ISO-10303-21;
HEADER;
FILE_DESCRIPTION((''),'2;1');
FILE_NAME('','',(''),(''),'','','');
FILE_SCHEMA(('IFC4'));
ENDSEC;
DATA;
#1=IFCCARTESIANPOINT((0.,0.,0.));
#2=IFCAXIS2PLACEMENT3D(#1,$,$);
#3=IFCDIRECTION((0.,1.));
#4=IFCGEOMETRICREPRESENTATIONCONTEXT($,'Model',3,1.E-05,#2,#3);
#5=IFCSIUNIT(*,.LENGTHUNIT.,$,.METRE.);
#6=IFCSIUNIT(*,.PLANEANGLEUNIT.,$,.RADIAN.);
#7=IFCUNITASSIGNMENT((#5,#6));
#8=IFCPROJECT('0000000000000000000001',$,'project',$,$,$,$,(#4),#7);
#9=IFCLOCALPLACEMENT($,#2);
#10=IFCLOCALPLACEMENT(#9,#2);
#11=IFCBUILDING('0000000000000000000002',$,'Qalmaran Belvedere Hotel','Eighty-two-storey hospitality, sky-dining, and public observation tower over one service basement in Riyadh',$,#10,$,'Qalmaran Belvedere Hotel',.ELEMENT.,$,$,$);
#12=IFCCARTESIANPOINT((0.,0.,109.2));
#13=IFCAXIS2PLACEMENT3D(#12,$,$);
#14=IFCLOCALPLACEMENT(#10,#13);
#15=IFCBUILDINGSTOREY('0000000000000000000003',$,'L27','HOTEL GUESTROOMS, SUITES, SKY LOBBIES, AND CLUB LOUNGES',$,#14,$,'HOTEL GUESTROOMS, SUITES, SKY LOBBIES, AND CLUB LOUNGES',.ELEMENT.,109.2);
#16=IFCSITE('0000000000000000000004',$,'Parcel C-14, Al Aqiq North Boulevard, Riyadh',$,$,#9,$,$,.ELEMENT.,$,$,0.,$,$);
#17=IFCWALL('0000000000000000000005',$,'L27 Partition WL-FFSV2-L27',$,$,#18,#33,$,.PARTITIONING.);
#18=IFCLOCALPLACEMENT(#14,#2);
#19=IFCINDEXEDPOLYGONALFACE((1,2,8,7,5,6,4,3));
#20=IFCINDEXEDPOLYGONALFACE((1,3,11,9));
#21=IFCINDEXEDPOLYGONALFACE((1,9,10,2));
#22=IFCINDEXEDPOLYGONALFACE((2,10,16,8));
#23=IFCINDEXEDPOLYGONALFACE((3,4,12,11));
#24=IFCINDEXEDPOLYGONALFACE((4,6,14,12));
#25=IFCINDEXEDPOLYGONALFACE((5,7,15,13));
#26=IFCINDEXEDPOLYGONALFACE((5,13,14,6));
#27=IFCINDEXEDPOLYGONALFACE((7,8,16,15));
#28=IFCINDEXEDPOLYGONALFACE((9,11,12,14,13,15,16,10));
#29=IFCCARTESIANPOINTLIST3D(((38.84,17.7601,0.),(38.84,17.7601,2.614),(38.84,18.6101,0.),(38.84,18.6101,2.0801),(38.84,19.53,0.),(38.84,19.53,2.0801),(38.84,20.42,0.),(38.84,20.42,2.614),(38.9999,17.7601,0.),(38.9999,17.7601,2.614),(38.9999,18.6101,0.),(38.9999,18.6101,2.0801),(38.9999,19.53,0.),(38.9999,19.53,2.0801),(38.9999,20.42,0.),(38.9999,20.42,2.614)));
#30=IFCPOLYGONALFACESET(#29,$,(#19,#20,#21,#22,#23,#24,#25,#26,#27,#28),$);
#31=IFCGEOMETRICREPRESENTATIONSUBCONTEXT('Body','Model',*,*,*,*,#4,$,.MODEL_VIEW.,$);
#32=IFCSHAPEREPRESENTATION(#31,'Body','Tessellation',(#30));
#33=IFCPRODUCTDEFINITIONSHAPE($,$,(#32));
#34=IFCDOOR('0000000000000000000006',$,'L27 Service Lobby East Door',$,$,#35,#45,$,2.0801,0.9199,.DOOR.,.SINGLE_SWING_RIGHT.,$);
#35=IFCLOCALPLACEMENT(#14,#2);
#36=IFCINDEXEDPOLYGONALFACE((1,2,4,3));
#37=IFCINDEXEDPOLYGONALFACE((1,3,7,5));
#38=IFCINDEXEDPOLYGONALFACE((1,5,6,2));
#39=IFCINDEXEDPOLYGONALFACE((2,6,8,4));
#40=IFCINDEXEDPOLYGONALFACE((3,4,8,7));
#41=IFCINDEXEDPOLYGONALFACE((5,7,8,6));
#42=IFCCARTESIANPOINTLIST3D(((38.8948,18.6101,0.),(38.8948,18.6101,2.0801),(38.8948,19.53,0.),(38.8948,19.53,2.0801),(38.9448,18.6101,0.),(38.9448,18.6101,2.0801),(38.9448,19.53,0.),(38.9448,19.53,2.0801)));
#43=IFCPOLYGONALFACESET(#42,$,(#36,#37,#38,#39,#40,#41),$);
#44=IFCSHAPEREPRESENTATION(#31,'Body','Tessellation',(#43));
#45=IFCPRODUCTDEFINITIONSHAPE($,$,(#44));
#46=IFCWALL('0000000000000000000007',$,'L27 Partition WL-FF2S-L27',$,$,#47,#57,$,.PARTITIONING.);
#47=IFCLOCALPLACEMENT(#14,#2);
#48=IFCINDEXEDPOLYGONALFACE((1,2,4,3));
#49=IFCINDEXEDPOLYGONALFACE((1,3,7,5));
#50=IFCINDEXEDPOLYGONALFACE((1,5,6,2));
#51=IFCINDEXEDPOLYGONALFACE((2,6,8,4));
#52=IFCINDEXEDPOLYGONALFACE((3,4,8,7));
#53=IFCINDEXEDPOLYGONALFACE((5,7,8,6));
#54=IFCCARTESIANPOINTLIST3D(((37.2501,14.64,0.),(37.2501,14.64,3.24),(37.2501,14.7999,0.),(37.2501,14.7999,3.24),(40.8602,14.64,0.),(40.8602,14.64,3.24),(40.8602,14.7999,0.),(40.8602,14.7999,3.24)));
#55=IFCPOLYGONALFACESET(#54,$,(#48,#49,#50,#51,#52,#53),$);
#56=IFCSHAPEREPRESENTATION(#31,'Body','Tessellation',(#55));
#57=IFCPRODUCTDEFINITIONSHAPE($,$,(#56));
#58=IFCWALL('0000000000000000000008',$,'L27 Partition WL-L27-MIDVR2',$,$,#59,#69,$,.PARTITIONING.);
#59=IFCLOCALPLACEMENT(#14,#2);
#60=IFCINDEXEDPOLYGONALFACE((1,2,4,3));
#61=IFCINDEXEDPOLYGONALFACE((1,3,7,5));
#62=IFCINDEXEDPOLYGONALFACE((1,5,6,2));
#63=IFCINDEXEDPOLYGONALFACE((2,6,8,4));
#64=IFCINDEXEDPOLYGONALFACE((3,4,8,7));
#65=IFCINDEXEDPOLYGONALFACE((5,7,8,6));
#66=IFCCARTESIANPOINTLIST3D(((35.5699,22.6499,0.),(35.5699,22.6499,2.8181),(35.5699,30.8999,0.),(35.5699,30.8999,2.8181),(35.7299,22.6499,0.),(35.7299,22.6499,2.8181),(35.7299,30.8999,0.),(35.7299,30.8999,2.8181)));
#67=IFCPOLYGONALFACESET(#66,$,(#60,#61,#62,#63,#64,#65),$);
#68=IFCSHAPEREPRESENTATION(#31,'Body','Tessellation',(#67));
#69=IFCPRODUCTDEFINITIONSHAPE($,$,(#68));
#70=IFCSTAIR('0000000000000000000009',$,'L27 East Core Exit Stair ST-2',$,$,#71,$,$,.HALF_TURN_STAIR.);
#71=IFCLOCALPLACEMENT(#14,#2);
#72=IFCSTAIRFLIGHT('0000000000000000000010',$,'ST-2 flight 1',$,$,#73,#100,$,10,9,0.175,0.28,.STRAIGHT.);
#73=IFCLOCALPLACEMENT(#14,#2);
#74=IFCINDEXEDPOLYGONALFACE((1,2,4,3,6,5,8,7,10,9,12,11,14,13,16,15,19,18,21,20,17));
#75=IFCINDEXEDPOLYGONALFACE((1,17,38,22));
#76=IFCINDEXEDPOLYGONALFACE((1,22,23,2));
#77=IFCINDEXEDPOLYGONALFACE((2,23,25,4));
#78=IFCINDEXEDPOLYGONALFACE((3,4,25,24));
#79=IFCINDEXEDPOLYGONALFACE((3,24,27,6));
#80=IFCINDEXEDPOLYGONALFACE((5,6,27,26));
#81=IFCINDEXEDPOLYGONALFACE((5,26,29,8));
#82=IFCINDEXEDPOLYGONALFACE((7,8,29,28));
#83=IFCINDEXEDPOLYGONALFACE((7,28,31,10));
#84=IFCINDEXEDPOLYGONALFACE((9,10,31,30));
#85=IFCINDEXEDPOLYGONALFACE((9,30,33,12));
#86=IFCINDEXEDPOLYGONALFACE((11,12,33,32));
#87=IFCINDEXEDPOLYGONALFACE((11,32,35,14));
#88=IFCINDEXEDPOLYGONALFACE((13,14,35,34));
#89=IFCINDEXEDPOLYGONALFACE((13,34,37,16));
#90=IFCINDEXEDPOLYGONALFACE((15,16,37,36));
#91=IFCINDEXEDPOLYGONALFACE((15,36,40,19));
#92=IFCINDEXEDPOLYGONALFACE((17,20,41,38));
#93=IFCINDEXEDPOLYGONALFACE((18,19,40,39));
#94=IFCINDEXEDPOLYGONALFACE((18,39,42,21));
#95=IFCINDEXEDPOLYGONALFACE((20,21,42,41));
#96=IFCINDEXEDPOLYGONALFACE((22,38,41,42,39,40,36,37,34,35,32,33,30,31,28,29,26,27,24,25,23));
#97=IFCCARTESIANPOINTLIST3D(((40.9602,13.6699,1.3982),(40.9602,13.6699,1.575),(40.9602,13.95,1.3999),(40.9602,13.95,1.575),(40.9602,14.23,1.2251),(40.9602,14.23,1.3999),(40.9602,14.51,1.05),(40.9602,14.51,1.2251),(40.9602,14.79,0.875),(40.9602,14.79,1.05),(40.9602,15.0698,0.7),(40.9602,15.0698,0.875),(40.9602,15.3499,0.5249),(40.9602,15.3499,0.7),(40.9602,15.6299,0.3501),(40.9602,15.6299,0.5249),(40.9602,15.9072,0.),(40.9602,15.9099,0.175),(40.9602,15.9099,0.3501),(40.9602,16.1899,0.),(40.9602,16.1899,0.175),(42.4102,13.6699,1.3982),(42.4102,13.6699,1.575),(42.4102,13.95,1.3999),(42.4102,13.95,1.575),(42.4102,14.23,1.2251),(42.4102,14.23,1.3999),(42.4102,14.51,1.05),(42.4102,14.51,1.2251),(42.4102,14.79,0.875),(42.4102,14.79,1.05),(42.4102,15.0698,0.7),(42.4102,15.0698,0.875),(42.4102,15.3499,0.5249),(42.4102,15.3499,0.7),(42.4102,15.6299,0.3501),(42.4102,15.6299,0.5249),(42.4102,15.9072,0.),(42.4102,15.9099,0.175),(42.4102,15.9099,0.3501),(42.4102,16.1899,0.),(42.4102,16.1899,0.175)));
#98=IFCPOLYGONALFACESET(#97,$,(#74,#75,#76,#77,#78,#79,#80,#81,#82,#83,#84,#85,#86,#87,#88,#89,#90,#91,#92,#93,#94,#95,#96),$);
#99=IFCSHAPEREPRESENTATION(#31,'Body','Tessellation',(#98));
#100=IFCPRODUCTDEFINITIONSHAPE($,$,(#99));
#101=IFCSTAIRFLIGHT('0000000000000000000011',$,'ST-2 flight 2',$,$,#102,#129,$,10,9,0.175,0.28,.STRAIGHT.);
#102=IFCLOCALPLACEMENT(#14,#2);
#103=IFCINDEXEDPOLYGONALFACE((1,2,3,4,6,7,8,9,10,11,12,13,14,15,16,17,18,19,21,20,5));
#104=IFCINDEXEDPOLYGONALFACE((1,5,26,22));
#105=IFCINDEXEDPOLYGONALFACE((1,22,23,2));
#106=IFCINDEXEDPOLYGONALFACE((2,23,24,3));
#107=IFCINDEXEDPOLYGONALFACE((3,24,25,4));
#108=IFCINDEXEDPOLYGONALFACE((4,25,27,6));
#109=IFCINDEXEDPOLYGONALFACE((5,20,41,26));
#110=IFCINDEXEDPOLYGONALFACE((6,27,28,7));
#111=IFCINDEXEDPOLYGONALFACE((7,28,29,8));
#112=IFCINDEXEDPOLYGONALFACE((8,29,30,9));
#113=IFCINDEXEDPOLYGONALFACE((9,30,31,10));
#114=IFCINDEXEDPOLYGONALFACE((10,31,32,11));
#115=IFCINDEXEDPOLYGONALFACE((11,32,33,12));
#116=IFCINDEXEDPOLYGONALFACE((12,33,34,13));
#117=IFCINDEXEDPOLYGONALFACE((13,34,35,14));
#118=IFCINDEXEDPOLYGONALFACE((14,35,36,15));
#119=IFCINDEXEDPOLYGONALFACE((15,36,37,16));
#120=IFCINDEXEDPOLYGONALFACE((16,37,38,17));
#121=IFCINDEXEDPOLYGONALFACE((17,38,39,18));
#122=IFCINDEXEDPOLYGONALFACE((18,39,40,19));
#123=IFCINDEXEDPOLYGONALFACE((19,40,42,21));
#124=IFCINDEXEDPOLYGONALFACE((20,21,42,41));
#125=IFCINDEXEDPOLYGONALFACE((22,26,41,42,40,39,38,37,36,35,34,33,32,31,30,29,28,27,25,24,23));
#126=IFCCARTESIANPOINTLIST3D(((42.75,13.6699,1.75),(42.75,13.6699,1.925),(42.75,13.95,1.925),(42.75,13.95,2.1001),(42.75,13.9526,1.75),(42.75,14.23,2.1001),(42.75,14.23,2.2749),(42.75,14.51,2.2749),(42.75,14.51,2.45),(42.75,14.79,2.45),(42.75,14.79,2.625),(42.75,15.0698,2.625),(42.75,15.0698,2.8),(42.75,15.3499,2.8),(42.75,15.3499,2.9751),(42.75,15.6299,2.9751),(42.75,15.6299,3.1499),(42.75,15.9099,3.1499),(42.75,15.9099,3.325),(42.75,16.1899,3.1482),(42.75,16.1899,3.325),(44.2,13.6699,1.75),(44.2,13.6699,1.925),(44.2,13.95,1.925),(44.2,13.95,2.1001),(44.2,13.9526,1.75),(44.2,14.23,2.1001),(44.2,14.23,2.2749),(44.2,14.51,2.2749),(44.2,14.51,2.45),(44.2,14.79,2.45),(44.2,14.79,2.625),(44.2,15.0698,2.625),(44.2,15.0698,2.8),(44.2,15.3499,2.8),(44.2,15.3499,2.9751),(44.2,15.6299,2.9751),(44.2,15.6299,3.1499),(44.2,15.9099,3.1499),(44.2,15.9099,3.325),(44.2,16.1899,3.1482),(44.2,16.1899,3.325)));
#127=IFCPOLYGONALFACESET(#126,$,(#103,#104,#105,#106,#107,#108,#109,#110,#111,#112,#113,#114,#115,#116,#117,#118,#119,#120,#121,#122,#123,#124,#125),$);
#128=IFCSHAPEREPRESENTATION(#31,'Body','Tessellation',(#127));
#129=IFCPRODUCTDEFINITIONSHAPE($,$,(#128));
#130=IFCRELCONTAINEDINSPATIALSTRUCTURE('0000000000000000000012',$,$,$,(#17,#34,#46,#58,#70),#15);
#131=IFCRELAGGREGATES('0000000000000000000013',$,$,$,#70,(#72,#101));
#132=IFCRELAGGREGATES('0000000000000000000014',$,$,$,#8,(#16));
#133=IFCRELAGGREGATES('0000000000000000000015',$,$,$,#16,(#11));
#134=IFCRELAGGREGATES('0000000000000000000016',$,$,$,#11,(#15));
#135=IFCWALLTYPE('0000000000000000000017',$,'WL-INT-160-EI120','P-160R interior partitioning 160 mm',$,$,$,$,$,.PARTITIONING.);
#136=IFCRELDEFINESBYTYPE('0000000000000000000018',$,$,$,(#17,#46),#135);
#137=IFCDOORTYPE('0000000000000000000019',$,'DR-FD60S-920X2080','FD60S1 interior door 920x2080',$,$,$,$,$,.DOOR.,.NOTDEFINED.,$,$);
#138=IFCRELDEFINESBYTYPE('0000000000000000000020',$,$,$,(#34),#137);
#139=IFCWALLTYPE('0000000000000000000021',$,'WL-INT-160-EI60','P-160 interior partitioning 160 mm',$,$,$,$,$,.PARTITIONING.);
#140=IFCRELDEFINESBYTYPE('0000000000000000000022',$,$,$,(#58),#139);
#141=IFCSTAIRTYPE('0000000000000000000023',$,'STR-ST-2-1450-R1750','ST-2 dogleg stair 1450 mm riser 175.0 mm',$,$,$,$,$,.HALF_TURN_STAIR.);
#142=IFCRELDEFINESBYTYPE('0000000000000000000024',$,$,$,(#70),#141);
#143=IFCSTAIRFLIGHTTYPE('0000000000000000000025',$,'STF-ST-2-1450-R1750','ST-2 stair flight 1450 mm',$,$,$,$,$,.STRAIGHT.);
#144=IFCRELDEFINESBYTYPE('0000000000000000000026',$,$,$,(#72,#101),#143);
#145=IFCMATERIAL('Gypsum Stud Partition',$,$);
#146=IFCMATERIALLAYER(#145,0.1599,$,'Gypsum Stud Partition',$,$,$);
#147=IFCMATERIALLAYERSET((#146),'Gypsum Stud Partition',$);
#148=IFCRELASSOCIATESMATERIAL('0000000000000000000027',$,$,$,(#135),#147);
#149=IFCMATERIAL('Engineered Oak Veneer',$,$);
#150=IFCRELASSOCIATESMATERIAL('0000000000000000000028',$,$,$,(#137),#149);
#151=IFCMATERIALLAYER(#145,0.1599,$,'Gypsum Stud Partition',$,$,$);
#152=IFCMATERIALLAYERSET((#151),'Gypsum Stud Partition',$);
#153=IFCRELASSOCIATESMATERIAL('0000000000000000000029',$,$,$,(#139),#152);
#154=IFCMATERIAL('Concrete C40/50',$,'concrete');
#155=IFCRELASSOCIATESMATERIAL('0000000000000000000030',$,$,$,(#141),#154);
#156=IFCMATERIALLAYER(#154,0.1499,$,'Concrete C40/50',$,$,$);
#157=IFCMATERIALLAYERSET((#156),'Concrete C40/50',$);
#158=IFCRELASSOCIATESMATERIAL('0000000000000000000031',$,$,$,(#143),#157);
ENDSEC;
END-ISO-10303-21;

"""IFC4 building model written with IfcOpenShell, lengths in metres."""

from ifc_helpers import new_model, si_unit, direction, frame, frame_2d, origin, place, context, subcontext, project, spatial, polyline, rectangle, outline, extrude, material, layer, layer_set, type_object, element, fill, aggregate, save


model = new_model("IFC4")

# Units and contexts
model_context = context("Model", 3, precision=1e-05, world=origin(), true_north=direction((0.0, 1.0)))
body_context = subcontext(model_context, "Body", "Model", "MODEL_VIEW")
ifc_project = project(units=[si_unit("LENGTHUNIT", "METRE"), si_unit("PLANEANGLEUNIT", "RADIAN")], contexts=[model_context])

# Site, building, storey
site_placement = place(None, origin())
site = spatial("IfcSite", under=ifc_project, at=site_placement, Name="Parcel C-14, Al Aqiq North Boulevard, Riyadh", CompositionType="ELEMENT", RefElevation=0.0)
building_placement = place(site_placement, origin())
building = spatial("IfcBuilding", under=site, at=building_placement, Name="Qalmaran Belvedere Hotel", Description="Eighty-two-storey hospitality, sky-dining, and public observation tower over one service basement in Riyadh", LongName="Qalmaran Belvedere Hotel", CompositionType="ELEMENT")
storey_placement = place(building_placement, frame((0.0, 0.0, 109.2)))
storey = spatial("IfcBuildingStorey", under=building, at=storey_placement, Name="L27", Description="HOTEL GUESTROOMS, SUITES, SKY LOBBIES, AND CLUB LOUNGES", LongName="HOTEL GUESTROOMS, SUITES, SKY LOBBIES, AND CLUB LOUNGES", CompositionType="ELEMENT", Elevation=109.2)

# Shared definitions
ifc_material_1 = material(Name="Gypsum Stud Partition")

# Wall, opening, door
ifc_layer_1 = layer(ifc_material_1, 0.1599, Name="Gypsum Stud Partition")
ifc_layer_set_1 = layer_set([ifc_layer_1], Name="Gypsum Stud Partition")
wall_type_1 = type_object("IfcWallType", Name="WL-INT-160-EI120", Description="P-160R interior partitioning 160 mm", PredefinedType="PARTITIONING", material=ifc_layer_set_1)
wall_1_placement = place(storey_placement, frame((38.9199, 17.76, 0.0), z_axis=(0.0, 0.0, 1.0), x_axis=(0.0, 1.0, 0.0)))
wall_1 = element("IfcWall", 1, at=wall_1_placement, inside=storey, type_object=wall_type_1, Name="L27 Partition WL-FFSV2-L27", PredefinedType="PARTITIONING", context=body_context, shape_type="SweptSolid", body=[
    extrude(rectangle(XDim=2.6599, YDim=0.1599, at=frame_2d((1.3301, 0.0))), origin(), (0.0, 0.0, 1.0), 2.614),
])
opening_1_placement = place(wall_1_placement, frame((1.77, 0.0, 0.0), z_axis=(0.0, 0.0, 1.0), x_axis=(-1.0, 0.0, 0.0)))
opening_1 = element("IfcOpeningElement", 2, at=opening_1_placement, cuts=wall_1, PredefinedType="OPENING", context=body_context, shape_type="SweptSolid", body=[
    extrude(rectangle(XDim=0.9199, YDim=2.0801, at=frame_2d((0.46, 1.04))), frame((0.0, 0.0898, 0.0), z_axis=(0.0, -1.0, 0.0), x_axis=(1.0, 0.0, 0.0)), (0.0, 0.0, 1.0), 0.1799),
])
ifc_material_2 = material(Name="Engineered Oak Veneer")
door_type_1 = type_object("IfcDoorType", Name="DR-FD60S-920X2080", Description="FD60S1 interior door 920x2080", OperationType="NOTDEFINED", PredefinedType="DOOR", material=ifc_material_2)
door_1_placement = place(opening_1_placement, origin())
door_1 = element("IfcDoor", 3, at=door_1_placement, inside=storey, type_object=door_type_1, Name="L27 Service Lobby East Door", OperationType="SINGLE_SWING_RIGHT", OverallHeight=2.0801, OverallWidth=0.9199, PredefinedType="DOOR", context=body_context, shape_type="SweptSolid", body=[
    extrude(rectangle(XDim=0.9199, YDim=2.0801, at=frame_2d((0.46, 1.04))), frame((0.0, 0.0249, 0.0), z_axis=(0.0, -1.0, 0.0), x_axis=(1.0, 0.0, 0.0)), (0.0, 0.0, 1.0), 0.05),
])
fill(opening_1, door_1)

# Walls
wall_2_placement = place(storey_placement, frame((37.25, 14.72, 0.0), z_axis=(0.0, 0.0, 1.0), x_axis=(1.0, 0.0, 0.0)))
element("IfcWall", 4, at=wall_2_placement, inside=storey, type_object=wall_type_1, Name="L27 Partition WL-FF2S-L27", PredefinedType="PARTITIONING", context=body_context, shape_type="SweptSolid", body=[
    extrude(rectangle(XDim=3.6101, YDim=0.1599, at=frame_2d((1.8052, 0.0))), origin(), (0.0, 0.0, 1.0), 3.24),
])
ifc_layer_2 = layer(ifc_material_1, 0.1599, Name="Gypsum Stud Partition")
ifc_layer_set_2 = layer_set([ifc_layer_2], Name="Gypsum Stud Partition")
wall_type_2 = type_object("IfcWallType", Name="WL-INT-160-EI60", Description="P-160 interior partitioning 160 mm", PredefinedType="PARTITIONING", material=ifc_layer_set_2)
wall_3_placement = place(storey_placement, frame((35.6499, 22.6499, 0.0), z_axis=(0.0, 0.0, 1.0), x_axis=(0.0, 1.0, 0.0)))
element("IfcWall", 5, at=wall_3_placement, inside=storey, type_object=wall_type_2, Name="L27 Partition WL-L27-MIDVR2", PredefinedType="PARTITIONING", context=body_context, shape_type="SweptSolid", body=[
    extrude(rectangle(XDim=8.25, YDim=0.1599, at=frame_2d((4.125, 0.0))), origin(), (0.0, 0.0, 1.0), 2.8181),
])

# Stair, stair flights
ifc_material_3 = material(Name="Concrete C40/50", Category="concrete")
stair_type = type_object("IfcStairType", Name="STR-ST-2-1450-R1750", Description="ST-2 dogleg stair 1450 mm riser 175.0 mm", PredefinedType="HALF_TURN_STAIR", material=ifc_material_3)
stair_placement = place(storey_placement, origin())
stair = element("IfcStair", 6, at=stair_placement, inside=storey, type_object=stair_type, Name="L27 East Core Exit Stair ST-2", PredefinedType="HALF_TURN_STAIR")
ifc_layer_3 = layer(ifc_material_3, 0.1499, Name="Concrete C40/50")
ifc_layer_set_3 = layer_set([ifc_layer_3], Name="Concrete C40/50")
stair_flight_type = type_object("IfcStairFlightType", Name="STF-ST-2-1450-R1750", Description="ST-2 stair flight 1450 mm", PredefinedType="STRAIGHT", material=ifc_layer_set_3)
stair_flight_1_placement = place(storey_placement, frame((41.6851, 16.1899, 0.0), z_axis=(0.0, 0.0, 1.0), x_axis=(0.0, -1.0, 0.0)))
stair_flight_1 = element("IfcStairFlight", 7, at=stair_flight_1_placement, type_object=stair_flight_type, Name="ST-2 flight 1", NumberOfRisers=10, NumberOfTreads=9, PredefinedType="STRAIGHT", RiserHeight=0.175, TreadLength=0.28, context=body_context, shape_type="SweptSolid", body=[
    extrude(outline(polyline([(0.0, 0.0), (0.0, 0.175), (0.28, 0.175), (0.28, 0.3501), (0.5601, 0.3501), (0.5601, 0.5249), (0.8401, 0.5249), (0.8401, 0.7), (1.1201, 0.7), (1.1201, 0.875), (1.3999, 0.875), (1.3999, 1.05), (1.6799, 1.05), (1.6799, 1.2251), (1.96, 1.2251), (1.96, 1.3999), (2.24, 1.3999), (2.24, 1.575), (2.52, 1.575), (2.52, 1.75), (2.52, 1.3982), (0.2827, 0.0), (0.0, 0.0)])), frame((0.0, 0.7251, 0.0), z_axis=(0.0, -1.0, 0.0), x_axis=(1.0, 0.0, 0.0)), (0.0, 0.0, 1.0), 1.45),
])
stair_flight_2_placement = place(storey_placement, frame((43.4751, 13.6699, 1.75), z_axis=(0.0, 0.0, 1.0), x_axis=(0.0, 1.0, 0.0)))
stair_flight_2 = element("IfcStairFlight", 8, at=stair_flight_2_placement, type_object=stair_flight_type, Name="ST-2 flight 2", NumberOfRisers=10, NumberOfTreads=9, PredefinedType="STRAIGHT", RiserHeight=0.175, TreadLength=0.28, context=body_context, shape_type="SweptSolid", body=[
    extrude(outline(polyline([(0.0, 0.0), (0.0, 0.175), (0.28, 0.175), (0.28, 0.3501), (0.5601, 0.3501), (0.5601, 0.5249), (0.8401, 0.5249), (0.8401, 0.7), (1.1201, 0.7), (1.1201, 0.875), (1.3999, 0.875), (1.3999, 1.05), (1.6799, 1.05), (1.6799, 1.2251), (1.96, 1.2251), (1.96, 1.3999), (2.24, 1.3999), (2.24, 1.575), (2.52, 1.575), (2.52, 1.75), (2.52, 1.3982), (0.2827, 0.0), (0.0, 0.0)])), frame((0.0, 0.7251, 0.0), z_axis=(0.0, -1.0, 0.0), x_axis=(1.0, 0.0, 0.0)), (0.0, 0.0, 1.0), 1.45),
])
aggregate(stair, [stair_flight_1, stair_flight_2])

save(model, "model.ifc")
